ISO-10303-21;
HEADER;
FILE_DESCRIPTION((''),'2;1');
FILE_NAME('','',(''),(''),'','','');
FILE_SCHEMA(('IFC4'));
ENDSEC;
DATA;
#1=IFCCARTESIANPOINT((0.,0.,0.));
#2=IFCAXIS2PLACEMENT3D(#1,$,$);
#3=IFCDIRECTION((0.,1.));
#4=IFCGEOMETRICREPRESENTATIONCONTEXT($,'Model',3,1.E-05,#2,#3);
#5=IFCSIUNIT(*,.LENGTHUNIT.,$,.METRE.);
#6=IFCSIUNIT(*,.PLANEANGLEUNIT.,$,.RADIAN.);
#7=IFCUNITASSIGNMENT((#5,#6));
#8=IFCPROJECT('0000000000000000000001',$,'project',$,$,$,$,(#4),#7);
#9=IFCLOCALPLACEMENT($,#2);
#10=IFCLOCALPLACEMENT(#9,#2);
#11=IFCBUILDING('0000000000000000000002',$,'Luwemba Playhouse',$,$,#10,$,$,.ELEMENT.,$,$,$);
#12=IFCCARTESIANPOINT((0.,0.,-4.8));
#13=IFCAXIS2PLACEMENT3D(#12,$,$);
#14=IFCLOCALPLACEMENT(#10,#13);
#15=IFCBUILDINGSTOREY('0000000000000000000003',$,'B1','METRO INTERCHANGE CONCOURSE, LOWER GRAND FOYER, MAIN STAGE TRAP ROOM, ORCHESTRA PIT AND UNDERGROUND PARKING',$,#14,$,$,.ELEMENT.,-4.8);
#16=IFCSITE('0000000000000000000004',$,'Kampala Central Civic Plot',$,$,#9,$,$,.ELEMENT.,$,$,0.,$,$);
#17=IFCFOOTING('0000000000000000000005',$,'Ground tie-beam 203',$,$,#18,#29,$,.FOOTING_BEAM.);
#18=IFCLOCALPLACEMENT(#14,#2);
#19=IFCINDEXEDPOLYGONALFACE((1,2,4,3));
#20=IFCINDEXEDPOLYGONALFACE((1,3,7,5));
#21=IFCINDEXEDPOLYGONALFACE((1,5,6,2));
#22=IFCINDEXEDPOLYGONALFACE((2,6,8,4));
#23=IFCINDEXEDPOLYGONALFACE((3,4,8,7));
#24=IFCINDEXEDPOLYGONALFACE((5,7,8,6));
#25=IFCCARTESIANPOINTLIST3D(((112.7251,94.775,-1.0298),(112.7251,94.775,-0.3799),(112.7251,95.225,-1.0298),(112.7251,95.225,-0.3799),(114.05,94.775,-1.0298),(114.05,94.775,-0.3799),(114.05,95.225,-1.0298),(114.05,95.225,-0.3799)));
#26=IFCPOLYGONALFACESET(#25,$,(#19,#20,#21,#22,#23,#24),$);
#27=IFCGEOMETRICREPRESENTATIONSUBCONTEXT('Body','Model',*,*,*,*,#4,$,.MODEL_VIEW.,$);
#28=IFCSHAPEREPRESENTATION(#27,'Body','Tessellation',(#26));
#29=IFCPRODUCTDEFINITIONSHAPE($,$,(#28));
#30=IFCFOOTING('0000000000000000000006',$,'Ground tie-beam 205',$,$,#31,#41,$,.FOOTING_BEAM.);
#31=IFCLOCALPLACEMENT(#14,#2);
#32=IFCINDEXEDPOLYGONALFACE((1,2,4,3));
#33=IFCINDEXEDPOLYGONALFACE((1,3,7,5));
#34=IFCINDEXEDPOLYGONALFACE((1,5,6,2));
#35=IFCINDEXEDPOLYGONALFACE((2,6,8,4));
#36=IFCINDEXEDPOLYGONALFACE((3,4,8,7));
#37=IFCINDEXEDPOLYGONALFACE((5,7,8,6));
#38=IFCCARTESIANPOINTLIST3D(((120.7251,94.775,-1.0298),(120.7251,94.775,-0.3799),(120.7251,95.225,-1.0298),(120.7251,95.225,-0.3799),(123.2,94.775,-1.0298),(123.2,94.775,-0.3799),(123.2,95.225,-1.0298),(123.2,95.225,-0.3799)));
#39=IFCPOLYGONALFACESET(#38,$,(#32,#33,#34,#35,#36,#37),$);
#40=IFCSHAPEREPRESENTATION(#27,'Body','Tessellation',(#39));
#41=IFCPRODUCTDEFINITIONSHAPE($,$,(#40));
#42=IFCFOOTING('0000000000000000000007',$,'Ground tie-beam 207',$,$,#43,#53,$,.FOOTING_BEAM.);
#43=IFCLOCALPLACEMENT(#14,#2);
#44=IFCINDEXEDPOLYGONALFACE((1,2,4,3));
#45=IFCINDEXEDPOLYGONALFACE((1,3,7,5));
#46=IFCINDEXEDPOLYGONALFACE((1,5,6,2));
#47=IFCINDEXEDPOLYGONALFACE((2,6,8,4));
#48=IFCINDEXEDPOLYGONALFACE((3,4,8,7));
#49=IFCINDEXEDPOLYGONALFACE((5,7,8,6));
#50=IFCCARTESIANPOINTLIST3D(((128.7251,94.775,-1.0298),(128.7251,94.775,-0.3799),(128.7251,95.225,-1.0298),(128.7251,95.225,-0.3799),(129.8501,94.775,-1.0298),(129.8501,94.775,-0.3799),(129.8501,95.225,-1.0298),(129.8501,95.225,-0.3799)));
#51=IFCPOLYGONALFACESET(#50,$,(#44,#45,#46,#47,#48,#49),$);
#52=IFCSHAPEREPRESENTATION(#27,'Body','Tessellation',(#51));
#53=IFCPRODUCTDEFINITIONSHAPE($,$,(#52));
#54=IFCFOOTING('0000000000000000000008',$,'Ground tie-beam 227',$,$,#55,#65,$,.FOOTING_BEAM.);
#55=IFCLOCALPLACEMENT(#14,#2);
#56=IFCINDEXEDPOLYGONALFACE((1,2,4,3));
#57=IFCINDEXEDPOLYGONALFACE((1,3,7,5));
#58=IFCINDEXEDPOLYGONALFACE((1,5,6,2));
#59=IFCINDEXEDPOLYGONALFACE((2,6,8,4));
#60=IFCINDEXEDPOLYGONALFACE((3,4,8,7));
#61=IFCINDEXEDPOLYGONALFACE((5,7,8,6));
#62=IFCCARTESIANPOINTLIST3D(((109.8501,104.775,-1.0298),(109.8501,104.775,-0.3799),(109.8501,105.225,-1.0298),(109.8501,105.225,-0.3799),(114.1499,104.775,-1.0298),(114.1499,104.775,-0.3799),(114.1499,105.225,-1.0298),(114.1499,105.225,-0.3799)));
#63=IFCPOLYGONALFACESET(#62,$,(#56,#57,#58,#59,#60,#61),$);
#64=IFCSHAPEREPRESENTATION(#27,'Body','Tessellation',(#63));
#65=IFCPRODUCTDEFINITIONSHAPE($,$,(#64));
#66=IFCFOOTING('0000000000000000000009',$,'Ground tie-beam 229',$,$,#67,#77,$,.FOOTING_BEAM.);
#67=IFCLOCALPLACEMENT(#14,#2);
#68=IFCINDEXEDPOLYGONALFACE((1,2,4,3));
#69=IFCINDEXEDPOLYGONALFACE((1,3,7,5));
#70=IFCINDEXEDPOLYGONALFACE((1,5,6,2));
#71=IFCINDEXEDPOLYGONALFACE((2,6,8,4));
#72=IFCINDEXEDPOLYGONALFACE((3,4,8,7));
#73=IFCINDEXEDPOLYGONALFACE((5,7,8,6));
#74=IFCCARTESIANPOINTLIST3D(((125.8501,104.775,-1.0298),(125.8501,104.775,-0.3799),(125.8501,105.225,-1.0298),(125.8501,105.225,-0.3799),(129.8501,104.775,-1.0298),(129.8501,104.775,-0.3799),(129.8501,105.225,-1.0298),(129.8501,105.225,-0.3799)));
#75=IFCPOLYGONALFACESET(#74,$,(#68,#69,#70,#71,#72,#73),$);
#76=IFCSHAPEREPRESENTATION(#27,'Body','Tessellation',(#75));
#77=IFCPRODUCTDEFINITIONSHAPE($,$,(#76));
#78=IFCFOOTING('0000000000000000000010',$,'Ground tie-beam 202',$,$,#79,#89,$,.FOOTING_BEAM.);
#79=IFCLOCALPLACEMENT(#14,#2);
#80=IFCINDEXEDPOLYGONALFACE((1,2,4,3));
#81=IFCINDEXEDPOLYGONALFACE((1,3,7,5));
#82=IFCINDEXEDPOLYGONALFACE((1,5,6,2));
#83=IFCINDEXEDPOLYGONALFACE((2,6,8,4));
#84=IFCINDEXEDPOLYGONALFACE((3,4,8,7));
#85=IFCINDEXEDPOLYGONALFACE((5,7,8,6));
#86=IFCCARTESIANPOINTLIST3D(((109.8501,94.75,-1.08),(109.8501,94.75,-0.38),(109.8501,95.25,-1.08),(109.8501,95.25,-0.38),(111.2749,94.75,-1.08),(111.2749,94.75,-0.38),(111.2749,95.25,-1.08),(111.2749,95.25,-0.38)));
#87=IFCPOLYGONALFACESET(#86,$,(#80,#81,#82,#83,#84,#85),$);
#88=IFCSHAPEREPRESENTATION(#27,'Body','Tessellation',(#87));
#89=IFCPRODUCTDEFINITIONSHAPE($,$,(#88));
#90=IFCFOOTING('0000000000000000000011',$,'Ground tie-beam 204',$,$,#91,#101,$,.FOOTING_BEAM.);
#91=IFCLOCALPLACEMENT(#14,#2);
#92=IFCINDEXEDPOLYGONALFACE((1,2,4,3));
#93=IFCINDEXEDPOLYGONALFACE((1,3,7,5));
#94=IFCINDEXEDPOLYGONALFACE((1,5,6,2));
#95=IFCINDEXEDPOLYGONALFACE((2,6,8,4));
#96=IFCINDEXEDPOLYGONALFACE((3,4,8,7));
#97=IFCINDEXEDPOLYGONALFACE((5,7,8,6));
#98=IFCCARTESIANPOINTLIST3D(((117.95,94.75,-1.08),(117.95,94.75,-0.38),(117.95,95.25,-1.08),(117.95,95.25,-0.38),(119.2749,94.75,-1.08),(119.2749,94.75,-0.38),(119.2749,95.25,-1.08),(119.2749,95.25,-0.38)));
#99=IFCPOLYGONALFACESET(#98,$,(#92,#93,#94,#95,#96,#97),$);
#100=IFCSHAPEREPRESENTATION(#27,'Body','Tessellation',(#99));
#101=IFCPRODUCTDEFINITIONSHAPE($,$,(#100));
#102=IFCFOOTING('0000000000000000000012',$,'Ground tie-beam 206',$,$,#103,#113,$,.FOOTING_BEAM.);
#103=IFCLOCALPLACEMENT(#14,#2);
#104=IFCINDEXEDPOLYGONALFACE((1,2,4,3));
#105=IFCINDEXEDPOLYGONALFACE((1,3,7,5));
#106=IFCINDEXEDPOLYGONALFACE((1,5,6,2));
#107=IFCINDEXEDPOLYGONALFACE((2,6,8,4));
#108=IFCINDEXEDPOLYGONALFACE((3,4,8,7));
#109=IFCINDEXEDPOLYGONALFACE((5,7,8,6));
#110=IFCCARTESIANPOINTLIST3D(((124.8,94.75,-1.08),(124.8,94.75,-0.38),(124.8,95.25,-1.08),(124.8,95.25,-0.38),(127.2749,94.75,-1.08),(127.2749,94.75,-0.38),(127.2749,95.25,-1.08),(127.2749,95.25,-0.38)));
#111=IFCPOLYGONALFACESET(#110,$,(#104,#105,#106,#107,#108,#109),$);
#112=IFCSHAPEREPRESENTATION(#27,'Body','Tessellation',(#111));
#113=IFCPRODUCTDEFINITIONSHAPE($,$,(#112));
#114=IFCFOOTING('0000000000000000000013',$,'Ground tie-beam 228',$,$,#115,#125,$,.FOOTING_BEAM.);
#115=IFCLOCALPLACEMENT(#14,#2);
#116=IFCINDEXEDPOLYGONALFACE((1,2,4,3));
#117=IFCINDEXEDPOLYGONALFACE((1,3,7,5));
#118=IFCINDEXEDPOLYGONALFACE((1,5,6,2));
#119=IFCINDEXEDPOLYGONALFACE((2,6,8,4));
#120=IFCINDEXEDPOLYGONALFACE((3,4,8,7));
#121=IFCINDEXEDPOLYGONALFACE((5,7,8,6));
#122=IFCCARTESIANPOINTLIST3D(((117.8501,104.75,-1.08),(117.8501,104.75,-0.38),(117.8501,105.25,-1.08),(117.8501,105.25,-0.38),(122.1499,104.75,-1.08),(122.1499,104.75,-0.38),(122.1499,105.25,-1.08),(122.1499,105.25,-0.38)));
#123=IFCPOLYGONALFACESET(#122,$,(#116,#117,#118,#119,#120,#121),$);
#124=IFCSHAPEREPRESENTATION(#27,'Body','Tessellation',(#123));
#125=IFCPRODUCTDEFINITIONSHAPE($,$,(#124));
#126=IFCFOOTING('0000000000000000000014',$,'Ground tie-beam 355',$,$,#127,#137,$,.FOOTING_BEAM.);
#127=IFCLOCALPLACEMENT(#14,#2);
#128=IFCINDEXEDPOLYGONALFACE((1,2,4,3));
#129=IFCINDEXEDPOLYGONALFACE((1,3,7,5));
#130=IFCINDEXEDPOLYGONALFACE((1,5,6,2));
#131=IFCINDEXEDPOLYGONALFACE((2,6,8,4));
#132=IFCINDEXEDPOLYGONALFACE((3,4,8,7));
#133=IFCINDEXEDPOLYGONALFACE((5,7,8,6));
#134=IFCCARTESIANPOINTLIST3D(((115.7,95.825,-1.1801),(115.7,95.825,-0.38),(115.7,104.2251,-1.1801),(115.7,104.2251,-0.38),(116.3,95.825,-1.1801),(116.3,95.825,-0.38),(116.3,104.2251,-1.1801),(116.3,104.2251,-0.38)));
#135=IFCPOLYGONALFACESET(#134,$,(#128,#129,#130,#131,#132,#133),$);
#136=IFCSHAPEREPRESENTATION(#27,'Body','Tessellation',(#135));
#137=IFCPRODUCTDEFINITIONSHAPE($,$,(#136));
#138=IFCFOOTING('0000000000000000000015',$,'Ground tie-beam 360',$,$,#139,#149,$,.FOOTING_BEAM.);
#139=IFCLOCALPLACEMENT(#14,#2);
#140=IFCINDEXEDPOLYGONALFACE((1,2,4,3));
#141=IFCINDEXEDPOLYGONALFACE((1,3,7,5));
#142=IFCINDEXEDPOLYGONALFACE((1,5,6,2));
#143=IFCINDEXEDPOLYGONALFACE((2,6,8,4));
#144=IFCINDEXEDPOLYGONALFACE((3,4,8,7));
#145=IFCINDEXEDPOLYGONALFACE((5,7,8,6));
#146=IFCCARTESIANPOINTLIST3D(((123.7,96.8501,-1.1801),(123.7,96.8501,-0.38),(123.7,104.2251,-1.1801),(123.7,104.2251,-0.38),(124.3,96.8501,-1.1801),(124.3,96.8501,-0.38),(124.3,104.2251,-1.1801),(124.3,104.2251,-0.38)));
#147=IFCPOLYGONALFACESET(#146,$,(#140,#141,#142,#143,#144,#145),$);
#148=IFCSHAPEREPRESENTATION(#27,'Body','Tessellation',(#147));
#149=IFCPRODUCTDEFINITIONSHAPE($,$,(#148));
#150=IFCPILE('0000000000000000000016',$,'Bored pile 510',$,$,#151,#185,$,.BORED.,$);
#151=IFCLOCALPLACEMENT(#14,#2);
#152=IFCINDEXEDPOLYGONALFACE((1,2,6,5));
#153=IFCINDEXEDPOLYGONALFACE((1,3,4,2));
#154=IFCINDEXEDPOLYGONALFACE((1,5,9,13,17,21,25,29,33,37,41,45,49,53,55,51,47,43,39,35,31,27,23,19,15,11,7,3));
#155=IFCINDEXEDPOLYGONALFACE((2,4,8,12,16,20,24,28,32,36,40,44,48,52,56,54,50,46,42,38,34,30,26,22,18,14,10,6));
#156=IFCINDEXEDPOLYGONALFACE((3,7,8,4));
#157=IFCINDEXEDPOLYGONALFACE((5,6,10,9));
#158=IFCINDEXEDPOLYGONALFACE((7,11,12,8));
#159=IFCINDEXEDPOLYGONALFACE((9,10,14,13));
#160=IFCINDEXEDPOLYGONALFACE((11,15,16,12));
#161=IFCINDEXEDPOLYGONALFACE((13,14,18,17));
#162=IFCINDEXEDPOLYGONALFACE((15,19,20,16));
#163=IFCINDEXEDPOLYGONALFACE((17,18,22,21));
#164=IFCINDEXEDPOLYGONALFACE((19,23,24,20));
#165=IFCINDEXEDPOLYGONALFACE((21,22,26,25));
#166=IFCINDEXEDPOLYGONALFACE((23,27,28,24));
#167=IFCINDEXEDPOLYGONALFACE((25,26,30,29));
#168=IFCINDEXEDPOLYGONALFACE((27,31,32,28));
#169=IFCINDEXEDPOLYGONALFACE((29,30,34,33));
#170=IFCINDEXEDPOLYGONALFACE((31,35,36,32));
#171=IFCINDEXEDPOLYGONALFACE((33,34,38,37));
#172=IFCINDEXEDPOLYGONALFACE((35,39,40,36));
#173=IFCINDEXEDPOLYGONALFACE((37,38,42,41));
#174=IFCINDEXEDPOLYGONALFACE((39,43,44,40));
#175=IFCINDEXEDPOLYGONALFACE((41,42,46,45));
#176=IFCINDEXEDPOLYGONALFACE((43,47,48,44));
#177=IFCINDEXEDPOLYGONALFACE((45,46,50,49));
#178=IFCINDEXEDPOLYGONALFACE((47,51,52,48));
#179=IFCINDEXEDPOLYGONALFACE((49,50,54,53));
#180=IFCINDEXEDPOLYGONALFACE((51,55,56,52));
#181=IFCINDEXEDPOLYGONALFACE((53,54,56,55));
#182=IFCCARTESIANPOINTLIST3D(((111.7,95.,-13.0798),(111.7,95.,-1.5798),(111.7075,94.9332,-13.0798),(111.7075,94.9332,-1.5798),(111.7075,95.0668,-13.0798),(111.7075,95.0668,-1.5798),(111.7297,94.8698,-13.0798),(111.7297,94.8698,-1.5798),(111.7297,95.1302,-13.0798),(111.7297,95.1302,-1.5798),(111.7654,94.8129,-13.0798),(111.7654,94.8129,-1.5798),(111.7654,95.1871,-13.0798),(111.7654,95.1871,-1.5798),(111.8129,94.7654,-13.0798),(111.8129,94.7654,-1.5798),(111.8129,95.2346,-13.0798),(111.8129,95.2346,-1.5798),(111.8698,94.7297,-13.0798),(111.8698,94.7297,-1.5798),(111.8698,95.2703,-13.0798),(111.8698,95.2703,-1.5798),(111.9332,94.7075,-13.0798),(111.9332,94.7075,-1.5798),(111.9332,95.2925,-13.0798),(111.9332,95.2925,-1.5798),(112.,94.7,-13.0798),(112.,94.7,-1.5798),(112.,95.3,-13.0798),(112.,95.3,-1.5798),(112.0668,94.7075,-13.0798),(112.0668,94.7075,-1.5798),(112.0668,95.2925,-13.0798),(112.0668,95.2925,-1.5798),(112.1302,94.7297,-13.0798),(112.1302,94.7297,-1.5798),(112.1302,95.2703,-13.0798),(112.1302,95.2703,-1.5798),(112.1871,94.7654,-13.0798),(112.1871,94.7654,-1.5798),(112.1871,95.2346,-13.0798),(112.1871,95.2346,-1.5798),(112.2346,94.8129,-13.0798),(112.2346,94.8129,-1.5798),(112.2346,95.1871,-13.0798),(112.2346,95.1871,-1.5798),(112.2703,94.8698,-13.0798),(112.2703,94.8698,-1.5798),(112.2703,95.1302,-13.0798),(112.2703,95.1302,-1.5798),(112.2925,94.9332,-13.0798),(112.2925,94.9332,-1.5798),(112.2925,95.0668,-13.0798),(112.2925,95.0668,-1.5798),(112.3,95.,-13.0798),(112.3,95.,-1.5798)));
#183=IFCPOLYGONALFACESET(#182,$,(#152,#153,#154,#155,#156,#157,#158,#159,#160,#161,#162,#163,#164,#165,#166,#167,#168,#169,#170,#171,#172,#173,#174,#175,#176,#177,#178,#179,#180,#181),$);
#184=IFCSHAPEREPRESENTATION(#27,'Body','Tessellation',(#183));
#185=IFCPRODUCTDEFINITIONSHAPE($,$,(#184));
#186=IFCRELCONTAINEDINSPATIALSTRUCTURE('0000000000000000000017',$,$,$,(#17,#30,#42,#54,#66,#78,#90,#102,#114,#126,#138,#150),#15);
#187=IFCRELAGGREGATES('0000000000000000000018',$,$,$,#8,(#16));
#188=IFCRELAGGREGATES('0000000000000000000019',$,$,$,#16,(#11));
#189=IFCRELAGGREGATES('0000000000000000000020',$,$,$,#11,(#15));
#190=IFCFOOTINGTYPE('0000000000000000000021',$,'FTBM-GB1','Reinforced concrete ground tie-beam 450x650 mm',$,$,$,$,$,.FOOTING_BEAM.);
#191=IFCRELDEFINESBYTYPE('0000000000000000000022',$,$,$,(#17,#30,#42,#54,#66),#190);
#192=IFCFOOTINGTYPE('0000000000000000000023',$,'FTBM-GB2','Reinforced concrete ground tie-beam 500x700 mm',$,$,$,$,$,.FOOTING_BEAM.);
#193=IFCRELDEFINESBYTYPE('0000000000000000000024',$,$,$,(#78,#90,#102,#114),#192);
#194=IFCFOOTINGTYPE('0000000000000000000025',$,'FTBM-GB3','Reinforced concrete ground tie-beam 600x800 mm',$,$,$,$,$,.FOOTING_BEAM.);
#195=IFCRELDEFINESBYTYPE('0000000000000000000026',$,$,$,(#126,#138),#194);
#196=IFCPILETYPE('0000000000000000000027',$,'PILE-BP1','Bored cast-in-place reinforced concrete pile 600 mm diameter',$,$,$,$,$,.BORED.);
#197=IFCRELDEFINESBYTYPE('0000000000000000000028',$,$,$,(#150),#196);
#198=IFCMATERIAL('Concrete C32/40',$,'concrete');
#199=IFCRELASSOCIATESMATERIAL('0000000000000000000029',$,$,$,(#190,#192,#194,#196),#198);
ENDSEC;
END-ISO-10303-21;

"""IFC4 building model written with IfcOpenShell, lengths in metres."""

from ifc_helpers import new_model, si_unit, direction, frame, origin, origin_2d, place, context, subcontext, project, spatial, rectangle, circle, extrude, material, material_profile, profile_set, type_object, element, save


model = new_model("IFC4")

# Units and contexts
model_context = context("Model", 3, precision=1e-05, world=origin(), true_north=direction((0.0, 1.0)))
body_context = subcontext(model_context, "Body", "Model", "MODEL_VIEW")
ifc_project = project(units=[si_unit("LENGTHUNIT", "METRE"), si_unit("PLANEANGLEUNIT", "RADIAN")], contexts=[model_context])

# Site, building, storey
site_placement = place(None, origin())
site = spatial("IfcSite", under=ifc_project, at=site_placement, Name="Kampala Central Civic Plot", CompositionType="ELEMENT", RefElevation=0.0)
building_placement = place(site_placement, origin())
building = spatial("IfcBuilding", under=site, at=building_placement, Name="Luwemba Playhouse", CompositionType="ELEMENT")
storey_placement = place(building_placement, frame((0.0, 0.0, -4.8)))
storey = spatial("IfcBuildingStorey", under=building, at=storey_placement, Name="B1", Description="METRO INTERCHANGE CONCOURSE, LOWER GRAND FOYER, MAIN STAGE TRAP ROOM, ORCHESTRA PIT AND UNDERGROUND PARKING", CompositionType="ELEMENT", Elevation=-4.8)

# Footings
ifc_material_1 = material(Name="Concrete C32/40", Category="concrete")
ifc_material_profile_1 = material_profile(ifc_material_1, rectangle(XDim=0.45, YDim=0.6499, at=origin_2d()))
ifc_profile_set_1 = profile_set([ifc_material_profile_1], Name="Concrete C32/40")
footing_type_1 = type_object("IfcFootingType", Name="FTBM-GB1", Description="Reinforced concrete ground tie-beam 450x650 mm", PredefinedType="FOOTING_BEAM", material=ifc_profile_set_1)
footing_1_placement = place(storey_placement, frame((112.7251, 95.0, -0.7048), z_axis=(1.0, 0.0, 0.0), x_axis=(0.0, 1.0, 0.0)))
element("IfcFooting", 1, at=footing_1_placement, inside=storey, type_object=footing_type_1, Name="Ground tie-beam 203", PredefinedType="FOOTING_BEAM", context=body_context, shape_type="SweptSolid", body=[
    extrude(rectangle(XDim=0.45, YDim=0.6499, at=origin_2d()), origin(), (0.0, 0.0, 1.0), 1.325),
])
footing_2_placement = place(storey_placement, frame((120.7251, 95.0, -0.7048), z_axis=(1.0, 0.0, 0.0), x_axis=(0.0, 1.0, 0.0)))
element("IfcFooting", 2, at=footing_2_placement, inside=storey, type_object=footing_type_1, Name="Ground tie-beam 205", PredefinedType="FOOTING_BEAM", context=body_context, shape_type="SweptSolid", body=[
    extrude(rectangle(XDim=0.45, YDim=0.6499, at=origin_2d()), origin(), (0.0, 0.0, 1.0), 2.4749),
])
footing_3_placement = place(storey_placement, frame((128.7251, 95.0, -0.7048), z_axis=(1.0, 0.0, 0.0), x_axis=(0.0, 1.0, 0.0)))
element("IfcFooting", 3, at=footing_3_placement, inside=storey, type_object=footing_type_1, Name="Ground tie-beam 207", PredefinedType="FOOTING_BEAM", context=body_context, shape_type="SweptSolid", body=[
    extrude(rectangle(XDim=0.45, YDim=0.6499, at=origin_2d()), origin(), (0.0, 0.0, 1.0), 1.125),
])
footing_4_placement = place(storey_placement, frame((109.8501, 105.0, -0.7048), z_axis=(1.0, 0.0, 0.0), x_axis=(0.0, 1.0, 0.0)))
element("IfcFooting", 4, at=footing_4_placement, inside=storey, type_object=footing_type_1, Name="Ground tie-beam 227", PredefinedType="FOOTING_BEAM", context=body_context, shape_type="SweptSolid", body=[
    extrude(rectangle(XDim=0.45, YDim=0.6499, at=origin_2d()), origin(), (0.0, 0.0, 1.0), 4.2998),
])
footing_5_placement = place(storey_placement, frame((125.8501, 105.0, -0.7048), z_axis=(1.0, 0.0, 0.0), x_axis=(0.0, 1.0, 0.0)))
element("IfcFooting", 5, at=footing_5_placement, inside=storey, type_object=footing_type_1, Name="Ground tie-beam 229", PredefinedType="FOOTING_BEAM", context=body_context, shape_type="SweptSolid", body=[
    extrude(rectangle(XDim=0.45, YDim=0.6499, at=origin_2d()), origin(), (0.0, 0.0, 1.0), 4.0),
])
ifc_material_profile_2 = material_profile(ifc_material_1, rectangle(XDim=0.5, YDim=0.7, at=origin_2d()))
ifc_profile_set_2 = profile_set([ifc_material_profile_2], Name="Concrete C32/40")
footing_type_2 = type_object("IfcFootingType", Name="FTBM-GB2", Description="Reinforced concrete ground tie-beam 500x700 mm", PredefinedType="FOOTING_BEAM", material=ifc_profile_set_2)
footing_6_placement = place(storey_placement, frame((109.8501, 95.0, -0.73), z_axis=(1.0, 0.0, 0.0), x_axis=(0.0, 1.0, 0.0)))
element("IfcFooting", 6, at=footing_6_placement, inside=storey, type_object=footing_type_2, Name="Ground tie-beam 202", PredefinedType="FOOTING_BEAM", context=body_context, shape_type="SweptSolid", body=[
    extrude(rectangle(XDim=0.5, YDim=0.7, at=origin_2d()), origin(), (0.0, 0.0, 1.0), 1.4248),
])
footing_7_placement = place(storey_placement, frame((117.95, 95.0, -0.73), z_axis=(1.0, 0.0, 0.0), x_axis=(0.0, 1.0, 0.0)))
element("IfcFooting", 7, at=footing_7_placement, inside=storey, type_object=footing_type_2, Name="Ground tie-beam 204", PredefinedType="FOOTING_BEAM", context=body_context, shape_type="SweptSolid", body=[
    extrude(rectangle(XDim=0.5, YDim=0.7, at=origin_2d()), origin(), (0.0, 0.0, 1.0), 1.325),
])
footing_8_placement = place(storey_placement, frame((124.8, 95.0, -0.73), z_axis=(1.0, 0.0, 0.0), x_axis=(0.0, 1.0, 0.0)))
element("IfcFooting", 8, at=footing_8_placement, inside=storey, type_object=footing_type_2, Name="Ground tie-beam 206", PredefinedType="FOOTING_BEAM", context=body_context, shape_type="SweptSolid", body=[
    extrude(rectangle(XDim=0.5, YDim=0.7, at=origin_2d()), origin(), (0.0, 0.0, 1.0), 2.4749),
])
footing_9_placement = place(storey_placement, frame((117.8501, 105.0, -0.73), z_axis=(1.0, 0.0, 0.0), x_axis=(0.0, 1.0, 0.0)))
element("IfcFooting", 9, at=footing_9_placement, inside=storey, type_object=footing_type_2, Name="Ground tie-beam 228", PredefinedType="FOOTING_BEAM", context=body_context, shape_type="SweptSolid", body=[
    extrude(rectangle(XDim=0.5, YDim=0.7, at=origin_2d()), origin(), (0.0, 0.0, 1.0), 4.2998),
])
ifc_material_profile_3 = material_profile(ifc_material_1, rectangle(XDim=0.6001, YDim=0.8, at=origin_2d()))
ifc_profile_set_3 = profile_set([ifc_material_profile_3], Name="Concrete C32/40")
footing_type_3 = type_object("IfcFootingType", Name="FTBM-GB3", Description="Reinforced concrete ground tie-beam 600x800 mm", PredefinedType="FOOTING_BEAM", material=ifc_profile_set_3)
footing_10_placement = place(storey_placement, frame((116.0, 95.825, -0.78), z_axis=(0.0, 1.0, 0.0), x_axis=(-1.0, 0.0, 0.0)))
element("IfcFooting", 10, at=footing_10_placement, inside=storey, type_object=footing_type_3, Name="Ground tie-beam 355", PredefinedType="FOOTING_BEAM", context=body_context, shape_type="SweptSolid", body=[
    extrude(rectangle(XDim=0.6001, YDim=0.8, at=origin_2d()), origin(), (0.0, 0.0, 1.0), 8.4001),
])
footing_11_placement = place(storey_placement, frame((124.0, 96.8501, -0.78), z_axis=(0.0, 1.0, 0.0), x_axis=(-1.0, 0.0, 0.0)))
element("IfcFooting", 11, at=footing_11_placement, inside=storey, type_object=footing_type_3, Name="Ground tie-beam 360", PredefinedType="FOOTING_BEAM", context=body_context, shape_type="SweptSolid", body=[
    extrude(rectangle(XDim=0.6001, YDim=0.8, at=origin_2d()), origin(), (0.0, 0.0, 1.0), 7.375),
])

# Pile
ifc_material_profile_4 = material_profile(ifc_material_1, circle(Radius=0.3, at=origin_2d()))
ifc_profile_set_4 = profile_set([ifc_material_profile_4], Name="Concrete C32/40")
pile_type_1 = type_object("IfcPileType", Name="PILE-BP1", Description="Bored cast-in-place reinforced concrete pile 600 mm diameter", PredefinedType="BORED", material=ifc_profile_set_4)
for number, where, z_axis, x_axis, name in (
    (12, (112.0, 95.0, -1.5798), (0.0, 0.0, -1.0), (1.0, 0.0, 0.0), "Bored pile 510"),
):
    element("IfcPile", number, at=place(storey_placement, frame(where, z_axis=z_axis, x_axis=x_axis)), inside=storey, type_object=pile_type_1, Name=name, PredefinedType="BORED", context=body_context, shape_type="SweptSolid", body=[
        extrude(circle(Radius=0.3, at=origin_2d()), origin(), (0.0, 0.0, 1.0), 11.5),
    ])

save(model, "model.ifc")
